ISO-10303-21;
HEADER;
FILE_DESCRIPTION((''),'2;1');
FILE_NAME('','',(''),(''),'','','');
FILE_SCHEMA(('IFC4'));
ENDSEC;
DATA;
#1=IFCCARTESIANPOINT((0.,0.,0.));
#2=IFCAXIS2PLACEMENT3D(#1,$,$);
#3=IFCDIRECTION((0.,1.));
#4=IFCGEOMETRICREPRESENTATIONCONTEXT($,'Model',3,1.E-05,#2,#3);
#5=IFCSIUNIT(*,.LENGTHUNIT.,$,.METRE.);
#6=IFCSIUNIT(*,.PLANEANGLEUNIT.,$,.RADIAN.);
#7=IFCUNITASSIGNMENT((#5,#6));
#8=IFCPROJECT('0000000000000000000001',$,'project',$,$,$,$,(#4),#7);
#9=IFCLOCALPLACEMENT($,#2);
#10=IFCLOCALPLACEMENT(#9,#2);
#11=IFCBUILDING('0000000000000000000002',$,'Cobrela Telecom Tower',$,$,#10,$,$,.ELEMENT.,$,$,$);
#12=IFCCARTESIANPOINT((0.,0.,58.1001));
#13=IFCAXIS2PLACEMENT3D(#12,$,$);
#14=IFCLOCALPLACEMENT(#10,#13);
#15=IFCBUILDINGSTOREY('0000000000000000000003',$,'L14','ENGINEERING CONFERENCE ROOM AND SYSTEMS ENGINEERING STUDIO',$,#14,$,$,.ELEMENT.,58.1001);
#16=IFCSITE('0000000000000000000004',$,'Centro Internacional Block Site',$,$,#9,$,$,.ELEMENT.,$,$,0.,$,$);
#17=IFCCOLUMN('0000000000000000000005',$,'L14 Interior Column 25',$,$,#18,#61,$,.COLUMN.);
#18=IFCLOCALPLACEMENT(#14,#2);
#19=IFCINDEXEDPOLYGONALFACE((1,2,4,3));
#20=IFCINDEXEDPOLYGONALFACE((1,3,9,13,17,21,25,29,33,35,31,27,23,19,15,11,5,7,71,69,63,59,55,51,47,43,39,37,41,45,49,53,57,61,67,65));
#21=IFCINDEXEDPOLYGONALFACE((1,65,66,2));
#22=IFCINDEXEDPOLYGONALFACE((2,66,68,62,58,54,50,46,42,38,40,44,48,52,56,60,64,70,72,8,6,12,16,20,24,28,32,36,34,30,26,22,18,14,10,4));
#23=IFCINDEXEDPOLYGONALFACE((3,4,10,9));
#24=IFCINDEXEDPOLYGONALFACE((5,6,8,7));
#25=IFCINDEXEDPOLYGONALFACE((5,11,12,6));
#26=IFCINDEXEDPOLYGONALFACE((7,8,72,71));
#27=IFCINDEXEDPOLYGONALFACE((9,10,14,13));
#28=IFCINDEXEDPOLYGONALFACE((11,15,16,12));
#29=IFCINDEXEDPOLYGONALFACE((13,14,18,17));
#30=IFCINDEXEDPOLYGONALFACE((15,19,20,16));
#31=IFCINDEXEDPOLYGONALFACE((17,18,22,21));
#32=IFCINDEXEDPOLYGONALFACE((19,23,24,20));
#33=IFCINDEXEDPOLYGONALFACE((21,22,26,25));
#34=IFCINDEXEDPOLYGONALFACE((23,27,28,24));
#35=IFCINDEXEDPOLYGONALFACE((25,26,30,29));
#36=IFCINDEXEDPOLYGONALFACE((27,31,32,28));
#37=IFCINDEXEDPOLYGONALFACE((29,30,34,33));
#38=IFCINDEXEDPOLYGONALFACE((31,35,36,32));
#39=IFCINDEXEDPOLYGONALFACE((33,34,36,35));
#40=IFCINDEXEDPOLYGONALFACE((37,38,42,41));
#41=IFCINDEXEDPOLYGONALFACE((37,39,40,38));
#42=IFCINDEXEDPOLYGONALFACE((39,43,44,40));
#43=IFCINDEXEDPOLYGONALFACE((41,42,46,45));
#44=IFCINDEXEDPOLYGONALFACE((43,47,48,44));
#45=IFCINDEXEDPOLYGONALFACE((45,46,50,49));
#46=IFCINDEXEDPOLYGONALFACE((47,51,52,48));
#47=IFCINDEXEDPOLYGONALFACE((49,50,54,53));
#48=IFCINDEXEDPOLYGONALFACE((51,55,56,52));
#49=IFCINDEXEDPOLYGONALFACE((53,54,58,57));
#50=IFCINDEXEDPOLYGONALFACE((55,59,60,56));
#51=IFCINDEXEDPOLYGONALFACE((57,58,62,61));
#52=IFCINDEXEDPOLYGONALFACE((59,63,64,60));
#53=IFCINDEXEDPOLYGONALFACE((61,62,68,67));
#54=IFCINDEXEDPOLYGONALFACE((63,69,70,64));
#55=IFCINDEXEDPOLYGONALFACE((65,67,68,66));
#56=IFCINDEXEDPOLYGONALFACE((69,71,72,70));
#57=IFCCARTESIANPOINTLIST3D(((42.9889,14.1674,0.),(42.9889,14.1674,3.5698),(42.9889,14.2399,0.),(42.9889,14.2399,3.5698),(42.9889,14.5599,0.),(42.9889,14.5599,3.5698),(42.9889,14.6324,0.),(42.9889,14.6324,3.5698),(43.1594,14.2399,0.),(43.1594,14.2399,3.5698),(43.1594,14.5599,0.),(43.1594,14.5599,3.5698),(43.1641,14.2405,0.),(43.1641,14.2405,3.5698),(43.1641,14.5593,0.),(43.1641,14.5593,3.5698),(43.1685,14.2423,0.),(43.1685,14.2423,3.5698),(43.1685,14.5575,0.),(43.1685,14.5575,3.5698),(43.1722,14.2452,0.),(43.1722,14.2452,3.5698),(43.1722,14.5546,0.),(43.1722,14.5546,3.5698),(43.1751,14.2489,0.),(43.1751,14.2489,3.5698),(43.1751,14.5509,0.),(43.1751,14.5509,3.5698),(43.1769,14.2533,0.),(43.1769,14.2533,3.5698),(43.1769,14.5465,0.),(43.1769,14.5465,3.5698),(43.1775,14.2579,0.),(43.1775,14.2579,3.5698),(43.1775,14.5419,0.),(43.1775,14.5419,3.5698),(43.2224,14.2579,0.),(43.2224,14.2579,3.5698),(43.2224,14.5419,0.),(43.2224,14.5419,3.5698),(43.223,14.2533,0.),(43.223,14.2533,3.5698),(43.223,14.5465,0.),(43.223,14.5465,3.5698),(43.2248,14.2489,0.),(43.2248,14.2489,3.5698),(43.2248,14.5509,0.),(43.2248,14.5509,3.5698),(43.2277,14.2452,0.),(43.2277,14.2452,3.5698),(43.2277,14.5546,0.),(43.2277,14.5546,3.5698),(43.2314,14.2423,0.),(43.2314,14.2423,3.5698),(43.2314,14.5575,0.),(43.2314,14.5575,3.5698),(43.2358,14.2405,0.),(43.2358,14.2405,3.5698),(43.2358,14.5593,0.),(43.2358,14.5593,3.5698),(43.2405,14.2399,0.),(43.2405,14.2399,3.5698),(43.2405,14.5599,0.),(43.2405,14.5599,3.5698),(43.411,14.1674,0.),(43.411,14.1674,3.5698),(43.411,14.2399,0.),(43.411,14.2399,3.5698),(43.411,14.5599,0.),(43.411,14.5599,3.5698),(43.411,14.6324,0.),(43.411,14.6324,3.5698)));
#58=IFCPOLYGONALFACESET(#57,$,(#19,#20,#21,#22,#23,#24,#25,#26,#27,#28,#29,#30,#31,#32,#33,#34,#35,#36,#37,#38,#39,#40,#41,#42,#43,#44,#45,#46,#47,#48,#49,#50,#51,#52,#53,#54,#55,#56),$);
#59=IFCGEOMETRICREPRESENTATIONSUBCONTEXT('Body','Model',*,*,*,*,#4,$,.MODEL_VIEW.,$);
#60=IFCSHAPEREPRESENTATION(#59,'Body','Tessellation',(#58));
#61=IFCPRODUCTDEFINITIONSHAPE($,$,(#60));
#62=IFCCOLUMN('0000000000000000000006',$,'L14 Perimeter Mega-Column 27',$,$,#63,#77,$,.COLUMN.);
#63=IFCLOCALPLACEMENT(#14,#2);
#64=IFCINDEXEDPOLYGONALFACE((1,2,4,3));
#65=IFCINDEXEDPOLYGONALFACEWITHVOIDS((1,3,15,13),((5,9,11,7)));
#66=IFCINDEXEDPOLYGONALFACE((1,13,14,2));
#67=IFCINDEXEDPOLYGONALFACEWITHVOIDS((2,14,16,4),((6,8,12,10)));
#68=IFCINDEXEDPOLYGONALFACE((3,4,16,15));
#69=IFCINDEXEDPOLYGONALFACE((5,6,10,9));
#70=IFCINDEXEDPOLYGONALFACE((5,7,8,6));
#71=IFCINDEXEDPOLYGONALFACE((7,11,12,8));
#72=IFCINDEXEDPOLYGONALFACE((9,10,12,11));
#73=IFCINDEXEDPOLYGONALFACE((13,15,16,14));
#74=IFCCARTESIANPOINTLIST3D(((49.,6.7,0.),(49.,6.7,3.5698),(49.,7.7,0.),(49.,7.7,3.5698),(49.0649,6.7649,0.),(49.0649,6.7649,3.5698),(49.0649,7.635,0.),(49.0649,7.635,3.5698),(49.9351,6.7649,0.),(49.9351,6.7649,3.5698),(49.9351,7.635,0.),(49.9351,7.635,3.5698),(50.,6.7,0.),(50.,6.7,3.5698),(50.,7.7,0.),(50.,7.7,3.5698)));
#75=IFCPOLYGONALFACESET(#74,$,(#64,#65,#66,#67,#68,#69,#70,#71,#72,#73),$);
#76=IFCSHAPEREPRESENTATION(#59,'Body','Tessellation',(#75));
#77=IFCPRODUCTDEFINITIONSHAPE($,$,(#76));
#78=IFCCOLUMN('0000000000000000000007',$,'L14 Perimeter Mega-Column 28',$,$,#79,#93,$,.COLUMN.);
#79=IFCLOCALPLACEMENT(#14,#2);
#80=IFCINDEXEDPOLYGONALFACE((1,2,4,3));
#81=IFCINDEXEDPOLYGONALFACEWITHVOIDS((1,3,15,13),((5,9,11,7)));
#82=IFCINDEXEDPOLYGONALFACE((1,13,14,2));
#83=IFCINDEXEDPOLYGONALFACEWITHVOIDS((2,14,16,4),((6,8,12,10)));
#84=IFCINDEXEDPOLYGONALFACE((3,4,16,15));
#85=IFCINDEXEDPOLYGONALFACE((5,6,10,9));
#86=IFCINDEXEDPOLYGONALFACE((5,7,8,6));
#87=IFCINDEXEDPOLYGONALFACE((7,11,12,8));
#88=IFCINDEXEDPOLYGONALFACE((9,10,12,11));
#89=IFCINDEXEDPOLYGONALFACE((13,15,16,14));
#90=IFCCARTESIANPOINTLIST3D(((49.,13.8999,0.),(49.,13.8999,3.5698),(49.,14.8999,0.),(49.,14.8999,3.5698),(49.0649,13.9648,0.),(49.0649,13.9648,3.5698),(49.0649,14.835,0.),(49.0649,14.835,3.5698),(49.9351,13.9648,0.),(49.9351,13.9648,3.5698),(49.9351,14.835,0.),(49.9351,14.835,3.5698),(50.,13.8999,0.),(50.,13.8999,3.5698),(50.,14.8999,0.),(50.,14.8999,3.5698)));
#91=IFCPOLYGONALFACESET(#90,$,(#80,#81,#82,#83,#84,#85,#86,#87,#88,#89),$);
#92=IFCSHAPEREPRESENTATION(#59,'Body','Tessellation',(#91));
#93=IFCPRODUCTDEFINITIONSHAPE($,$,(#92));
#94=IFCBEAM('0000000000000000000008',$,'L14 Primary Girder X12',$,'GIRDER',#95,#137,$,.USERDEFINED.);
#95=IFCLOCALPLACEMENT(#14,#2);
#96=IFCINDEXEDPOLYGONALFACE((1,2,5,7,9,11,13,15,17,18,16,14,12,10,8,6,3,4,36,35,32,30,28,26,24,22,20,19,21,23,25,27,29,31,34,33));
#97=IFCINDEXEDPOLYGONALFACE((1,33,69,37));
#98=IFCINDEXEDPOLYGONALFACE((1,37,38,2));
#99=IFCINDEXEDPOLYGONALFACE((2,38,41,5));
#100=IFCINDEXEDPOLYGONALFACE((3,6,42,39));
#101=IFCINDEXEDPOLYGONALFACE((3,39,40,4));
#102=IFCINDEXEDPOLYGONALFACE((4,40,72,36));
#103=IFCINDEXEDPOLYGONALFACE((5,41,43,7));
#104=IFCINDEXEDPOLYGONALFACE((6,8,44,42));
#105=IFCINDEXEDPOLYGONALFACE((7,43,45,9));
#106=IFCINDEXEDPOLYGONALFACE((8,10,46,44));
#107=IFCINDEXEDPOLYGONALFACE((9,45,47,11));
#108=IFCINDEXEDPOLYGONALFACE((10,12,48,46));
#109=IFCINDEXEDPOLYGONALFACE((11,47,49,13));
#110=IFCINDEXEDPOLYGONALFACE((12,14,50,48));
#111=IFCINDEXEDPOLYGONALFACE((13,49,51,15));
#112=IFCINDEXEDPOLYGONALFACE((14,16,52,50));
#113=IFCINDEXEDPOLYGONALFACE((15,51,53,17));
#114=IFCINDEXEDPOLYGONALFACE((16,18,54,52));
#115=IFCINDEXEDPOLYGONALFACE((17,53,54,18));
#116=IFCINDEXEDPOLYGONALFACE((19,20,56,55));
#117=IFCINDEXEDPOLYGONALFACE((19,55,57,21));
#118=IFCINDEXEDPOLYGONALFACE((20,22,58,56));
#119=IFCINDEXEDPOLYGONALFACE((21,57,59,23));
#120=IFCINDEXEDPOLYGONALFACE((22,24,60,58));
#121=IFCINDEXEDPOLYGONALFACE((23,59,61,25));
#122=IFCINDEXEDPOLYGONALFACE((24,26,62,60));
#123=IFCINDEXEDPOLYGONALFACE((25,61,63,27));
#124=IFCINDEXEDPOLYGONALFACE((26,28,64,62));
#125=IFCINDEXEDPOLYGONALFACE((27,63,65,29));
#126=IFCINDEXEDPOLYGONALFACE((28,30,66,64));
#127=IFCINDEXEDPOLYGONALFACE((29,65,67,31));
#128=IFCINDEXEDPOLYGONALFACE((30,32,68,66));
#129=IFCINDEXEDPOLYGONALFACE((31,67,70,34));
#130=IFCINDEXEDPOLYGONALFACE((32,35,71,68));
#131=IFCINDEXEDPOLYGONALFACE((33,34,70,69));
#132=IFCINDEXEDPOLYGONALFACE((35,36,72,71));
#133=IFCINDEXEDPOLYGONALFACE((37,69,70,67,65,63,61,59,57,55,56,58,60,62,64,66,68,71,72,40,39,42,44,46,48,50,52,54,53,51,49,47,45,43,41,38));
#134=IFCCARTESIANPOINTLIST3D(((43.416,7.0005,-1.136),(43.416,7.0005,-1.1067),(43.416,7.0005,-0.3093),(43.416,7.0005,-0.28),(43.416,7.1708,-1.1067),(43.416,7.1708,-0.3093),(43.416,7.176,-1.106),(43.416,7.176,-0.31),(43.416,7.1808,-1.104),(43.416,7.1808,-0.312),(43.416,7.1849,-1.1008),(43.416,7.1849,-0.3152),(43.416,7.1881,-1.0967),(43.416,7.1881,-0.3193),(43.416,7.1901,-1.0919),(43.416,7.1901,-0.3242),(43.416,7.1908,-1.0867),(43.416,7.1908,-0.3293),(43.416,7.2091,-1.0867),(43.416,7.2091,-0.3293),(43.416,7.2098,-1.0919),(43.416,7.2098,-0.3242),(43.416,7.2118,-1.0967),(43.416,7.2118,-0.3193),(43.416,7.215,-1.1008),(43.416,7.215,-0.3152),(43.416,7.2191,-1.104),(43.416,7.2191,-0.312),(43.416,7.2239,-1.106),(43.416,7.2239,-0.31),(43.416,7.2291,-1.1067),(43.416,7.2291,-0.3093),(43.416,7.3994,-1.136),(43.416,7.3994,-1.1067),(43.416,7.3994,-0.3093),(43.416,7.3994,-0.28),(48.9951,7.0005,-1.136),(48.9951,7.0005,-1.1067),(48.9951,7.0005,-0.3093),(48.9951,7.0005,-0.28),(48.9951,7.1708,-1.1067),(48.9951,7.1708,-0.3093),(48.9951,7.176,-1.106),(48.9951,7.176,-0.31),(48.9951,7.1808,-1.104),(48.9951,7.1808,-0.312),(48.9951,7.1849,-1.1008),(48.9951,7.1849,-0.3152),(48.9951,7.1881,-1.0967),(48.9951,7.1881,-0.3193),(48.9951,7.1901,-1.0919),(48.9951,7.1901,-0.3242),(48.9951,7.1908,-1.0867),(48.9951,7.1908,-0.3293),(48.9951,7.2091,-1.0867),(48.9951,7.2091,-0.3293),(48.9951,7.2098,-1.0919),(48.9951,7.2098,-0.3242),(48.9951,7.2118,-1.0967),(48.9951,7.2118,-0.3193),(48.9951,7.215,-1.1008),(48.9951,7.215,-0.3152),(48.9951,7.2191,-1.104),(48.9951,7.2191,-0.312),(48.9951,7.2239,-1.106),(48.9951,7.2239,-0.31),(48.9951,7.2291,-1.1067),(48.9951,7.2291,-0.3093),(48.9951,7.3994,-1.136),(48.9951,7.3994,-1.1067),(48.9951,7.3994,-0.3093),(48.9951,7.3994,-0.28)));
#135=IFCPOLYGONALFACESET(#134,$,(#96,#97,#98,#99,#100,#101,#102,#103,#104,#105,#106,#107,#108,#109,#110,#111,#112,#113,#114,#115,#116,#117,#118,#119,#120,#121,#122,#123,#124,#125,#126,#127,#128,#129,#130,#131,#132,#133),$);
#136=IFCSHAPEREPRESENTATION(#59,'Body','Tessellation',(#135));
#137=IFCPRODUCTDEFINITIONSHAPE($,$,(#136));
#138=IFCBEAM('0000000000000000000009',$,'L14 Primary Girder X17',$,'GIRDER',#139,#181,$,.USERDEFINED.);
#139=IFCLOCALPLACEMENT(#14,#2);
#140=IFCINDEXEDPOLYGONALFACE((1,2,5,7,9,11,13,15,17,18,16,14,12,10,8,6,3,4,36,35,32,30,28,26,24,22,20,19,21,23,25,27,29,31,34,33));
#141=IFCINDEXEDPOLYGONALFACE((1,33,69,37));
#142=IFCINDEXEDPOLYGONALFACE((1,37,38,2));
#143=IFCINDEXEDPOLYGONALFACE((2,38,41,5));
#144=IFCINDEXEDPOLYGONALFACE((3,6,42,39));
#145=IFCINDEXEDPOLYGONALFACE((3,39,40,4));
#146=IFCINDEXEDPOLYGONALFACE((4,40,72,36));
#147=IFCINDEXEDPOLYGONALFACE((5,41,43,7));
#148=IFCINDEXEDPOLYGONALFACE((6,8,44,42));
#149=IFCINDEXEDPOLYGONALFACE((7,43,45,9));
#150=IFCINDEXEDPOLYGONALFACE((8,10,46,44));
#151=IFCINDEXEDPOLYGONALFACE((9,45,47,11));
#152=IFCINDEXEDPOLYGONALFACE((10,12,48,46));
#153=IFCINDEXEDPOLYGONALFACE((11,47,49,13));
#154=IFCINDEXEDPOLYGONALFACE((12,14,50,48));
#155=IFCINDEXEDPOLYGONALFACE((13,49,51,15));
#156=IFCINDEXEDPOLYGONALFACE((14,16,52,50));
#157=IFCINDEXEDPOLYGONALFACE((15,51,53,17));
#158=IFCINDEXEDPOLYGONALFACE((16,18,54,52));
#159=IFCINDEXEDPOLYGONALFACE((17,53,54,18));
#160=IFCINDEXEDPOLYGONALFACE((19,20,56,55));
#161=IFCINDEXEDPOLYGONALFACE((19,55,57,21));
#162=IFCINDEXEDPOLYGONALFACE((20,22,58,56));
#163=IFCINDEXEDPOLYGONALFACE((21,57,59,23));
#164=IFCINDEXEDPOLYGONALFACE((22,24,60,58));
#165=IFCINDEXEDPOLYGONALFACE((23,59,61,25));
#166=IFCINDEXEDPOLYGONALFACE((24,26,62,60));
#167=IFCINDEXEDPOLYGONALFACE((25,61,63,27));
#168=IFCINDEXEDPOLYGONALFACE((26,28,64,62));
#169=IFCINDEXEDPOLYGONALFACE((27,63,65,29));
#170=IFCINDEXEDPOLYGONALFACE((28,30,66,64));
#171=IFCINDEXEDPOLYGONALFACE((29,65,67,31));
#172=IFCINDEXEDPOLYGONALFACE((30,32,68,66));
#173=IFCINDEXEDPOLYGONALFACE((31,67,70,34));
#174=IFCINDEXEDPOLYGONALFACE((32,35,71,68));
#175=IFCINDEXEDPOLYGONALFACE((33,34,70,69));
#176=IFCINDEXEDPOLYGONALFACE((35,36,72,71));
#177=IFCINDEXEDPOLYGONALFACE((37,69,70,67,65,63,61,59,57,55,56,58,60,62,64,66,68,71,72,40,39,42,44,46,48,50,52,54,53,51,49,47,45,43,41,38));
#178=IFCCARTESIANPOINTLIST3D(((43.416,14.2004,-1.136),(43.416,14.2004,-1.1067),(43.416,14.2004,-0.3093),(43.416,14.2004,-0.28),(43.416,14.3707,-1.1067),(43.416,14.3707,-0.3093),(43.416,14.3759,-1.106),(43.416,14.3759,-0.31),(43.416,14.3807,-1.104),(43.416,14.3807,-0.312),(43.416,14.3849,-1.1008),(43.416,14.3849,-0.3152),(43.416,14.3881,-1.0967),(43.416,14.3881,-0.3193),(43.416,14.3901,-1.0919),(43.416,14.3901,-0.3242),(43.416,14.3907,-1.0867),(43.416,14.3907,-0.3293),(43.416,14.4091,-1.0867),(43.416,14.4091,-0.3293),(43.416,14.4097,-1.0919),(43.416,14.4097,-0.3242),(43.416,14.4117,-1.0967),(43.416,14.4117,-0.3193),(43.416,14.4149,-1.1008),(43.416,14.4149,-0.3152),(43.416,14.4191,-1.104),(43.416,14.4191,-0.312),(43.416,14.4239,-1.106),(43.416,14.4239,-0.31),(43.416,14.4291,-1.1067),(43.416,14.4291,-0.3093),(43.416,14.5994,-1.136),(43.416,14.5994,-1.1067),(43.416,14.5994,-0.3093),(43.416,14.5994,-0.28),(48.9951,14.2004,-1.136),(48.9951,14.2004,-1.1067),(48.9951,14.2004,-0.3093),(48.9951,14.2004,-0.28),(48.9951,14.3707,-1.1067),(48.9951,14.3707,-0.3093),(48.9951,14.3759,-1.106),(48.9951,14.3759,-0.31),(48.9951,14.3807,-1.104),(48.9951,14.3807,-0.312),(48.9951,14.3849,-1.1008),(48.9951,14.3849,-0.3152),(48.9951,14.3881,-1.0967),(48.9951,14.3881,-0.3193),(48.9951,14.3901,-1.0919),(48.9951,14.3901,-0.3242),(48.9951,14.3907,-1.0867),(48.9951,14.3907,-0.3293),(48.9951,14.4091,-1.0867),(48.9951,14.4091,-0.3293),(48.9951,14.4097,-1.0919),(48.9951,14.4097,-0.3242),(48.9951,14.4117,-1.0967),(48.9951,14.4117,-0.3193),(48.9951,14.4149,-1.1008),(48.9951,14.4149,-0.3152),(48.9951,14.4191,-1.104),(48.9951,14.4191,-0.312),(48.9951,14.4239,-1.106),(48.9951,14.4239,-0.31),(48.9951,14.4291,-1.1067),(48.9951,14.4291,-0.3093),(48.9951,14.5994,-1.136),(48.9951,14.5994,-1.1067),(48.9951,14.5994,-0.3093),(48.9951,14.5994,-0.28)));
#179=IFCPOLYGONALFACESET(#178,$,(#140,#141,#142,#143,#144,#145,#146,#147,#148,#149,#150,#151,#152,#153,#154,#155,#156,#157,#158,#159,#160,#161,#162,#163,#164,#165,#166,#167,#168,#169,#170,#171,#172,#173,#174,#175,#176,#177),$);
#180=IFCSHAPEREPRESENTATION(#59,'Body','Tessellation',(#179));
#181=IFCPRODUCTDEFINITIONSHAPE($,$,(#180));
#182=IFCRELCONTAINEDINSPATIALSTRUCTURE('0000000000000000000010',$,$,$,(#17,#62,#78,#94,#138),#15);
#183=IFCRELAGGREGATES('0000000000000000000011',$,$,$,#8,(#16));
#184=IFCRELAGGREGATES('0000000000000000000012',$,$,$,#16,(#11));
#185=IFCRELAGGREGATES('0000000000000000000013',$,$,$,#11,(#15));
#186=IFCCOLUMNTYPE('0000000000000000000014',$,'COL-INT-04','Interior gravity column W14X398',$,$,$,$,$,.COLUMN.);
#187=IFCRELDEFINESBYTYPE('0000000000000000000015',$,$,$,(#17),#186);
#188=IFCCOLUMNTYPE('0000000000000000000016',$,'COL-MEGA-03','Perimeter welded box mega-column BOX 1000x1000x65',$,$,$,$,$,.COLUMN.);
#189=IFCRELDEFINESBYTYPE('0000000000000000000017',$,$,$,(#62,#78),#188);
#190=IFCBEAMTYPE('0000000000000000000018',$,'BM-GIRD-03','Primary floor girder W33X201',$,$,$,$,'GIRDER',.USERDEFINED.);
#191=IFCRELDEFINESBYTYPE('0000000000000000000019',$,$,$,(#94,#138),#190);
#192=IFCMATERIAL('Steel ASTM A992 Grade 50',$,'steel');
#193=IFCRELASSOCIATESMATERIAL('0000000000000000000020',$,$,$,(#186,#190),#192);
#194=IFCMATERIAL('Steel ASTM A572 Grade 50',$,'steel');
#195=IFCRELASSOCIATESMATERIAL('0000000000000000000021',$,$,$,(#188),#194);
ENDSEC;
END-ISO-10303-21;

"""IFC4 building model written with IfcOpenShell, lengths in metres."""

from ifc_helpers import new_model, si_unit, direction, frame, origin, origin_2d, place, context, subcontext, project, spatial, hollow_rectangle, i_section, extrude, material, material_profile, profile_set, type_object, element, save


model = new_model("IFC4")

# Units and contexts
model_context = context("Model", 3, precision=1e-05, world=origin(), true_north=direction((0.0, 1.0)))
body_context = subcontext(model_context, "Body", "Model", "MODEL_VIEW")
ifc_project = project(units=[si_unit("LENGTHUNIT", "METRE"), si_unit("PLANEANGLEUNIT", "RADIAN")], contexts=[model_context])

# Site, building, storey
site_placement = place(None, origin())
site = spatial("IfcSite", under=ifc_project, at=site_placement, Name="Centro Internacional Block Site", CompositionType="ELEMENT", RefElevation=0.0)
building_placement = place(site_placement, origin())
building = spatial("IfcBuilding", under=site, at=building_placement, Name="Cobrela Telecom Tower", CompositionType="ELEMENT")
storey_placement = place(building_placement, frame((0.0, 0.0, 58.1001)))
storey = spatial("IfcBuildingStorey", under=building, at=storey_placement, Name="L14", Description="ENGINEERING CONFERENCE ROOM AND SYSTEMS ENGINEERING STUDIO", CompositionType="ELEMENT", Elevation=58.1001)

# Columns
ifc_material_1 = material(Name="Steel ASTM A992 Grade 50", Category="steel")
ifc_material_profile_1 = material_profile(ifc_material_1, i_section(OverallWidth=0.4221, OverallDepth=0.4651, WebThickness=0.0449, FlangeThickness=0.0725, FilletRadius=0.0181, at=origin_2d()), Name="W14X398")
ifc_profile_set_1 = profile_set([ifc_material_profile_1], Name="Steel ASTM A992 Grade 50")
column_type_1 = type_object("IfcColumnType", Name="COL-INT-04", Description="Interior gravity column W14X398", PredefinedType="COLUMN", material=ifc_profile_set_1)
column_placement = place(storey_placement, frame((43.2, 14.3999, 0.0), z_axis=(0.0, 0.0, 1.0), x_axis=(1.0, 0.0, 0.0)))
element("IfcColumn", 1, at=column_placement, inside=storey, type_object=column_type_1, Name="L14 Interior Column 25", PredefinedType="COLUMN", context=body_context, shape_type="SweptSolid", body=[
    extrude(i_section(OverallWidth=0.4221, OverallDepth=0.4651, WebThickness=0.0449, FlangeThickness=0.0725, FilletRadius=0.0181, at=origin_2d()), origin(), (0.0, 0.0, 1.0), 3.5698),
])
ifc_material_2 = material(Name="Steel ASTM A572 Grade 50", Category="steel")
ifc_material_profile_2 = material_profile(ifc_material_2, hollow_rectangle(XDim=1.0, YDim=1.0, WallThickness=0.0649, at=origin_2d()), Name="BOX 1000x1000x65")
ifc_profile_set_2 = profile_set([ifc_material_profile_2], Name="Steel ASTM A572 Grade 50")
column_type_2 = type_object("IfcColumnType", Name="COL-MEGA-03", Description="Perimeter welded box mega-column BOX 1000x1000x65", PredefinedType="COLUMN", material=ifc_profile_set_2)
for number, where, z_axis, x_axis, name in (
    (2, (49.5, 7.2, 0.0), (0.0, 0.0, 1.0), (1.0, 0.0, 0.0), "L14 Perimeter Mega-Column 27"),
    (3, (49.5, 14.3999, 0.0), (0.0, 0.0, 1.0), (1.0, 0.0, 0.0), "L14 Perimeter Mega-Column 28"),
):
    element("IfcColumn", number, at=place(storey_placement, frame(where, z_axis=z_axis, x_axis=x_axis)), inside=storey, type_object=column_type_2, Name=name, PredefinedType="COLUMN", context=body_context, shape_type="SweptSolid", body=[
        extrude(hollow_rectangle(XDim=1.0, YDim=1.0, WallThickness=0.0649, at=origin_2d()), origin(), (0.0, 0.0, 1.0), 3.5698),
    ])

# Beams
ifc_material_profile_3 = material_profile(ifc_material_1, i_section(OverallWidth=0.3989, OverallDepth=0.856, WebThickness=0.0183, FlangeThickness=0.0293, FilletRadius=0.02, at=origin_2d()), Name="W33X201")
ifc_profile_set_3 = profile_set([ifc_material_profile_3], Name="Steel ASTM A992 Grade 50")
beam_type_1 = type_object("IfcBeamType", Name="BM-GIRD-03", Description="Primary floor girder W33X201", ElementType="GIRDER", PredefinedType="USERDEFINED", material=ifc_profile_set_3)
for number, where, z_axis, x_axis, name in (
    (4, (43.416, 7.2, -0.708), (1.0, 0.0, 0.0), (0.0, 1.0, 0.0), "L14 Primary Girder X12"),
    (5, (43.416, 14.3999, -0.708), (1.0, 0.0, 0.0), (0.0, 1.0, 0.0), "L14 Primary Girder X17"),
):
    element("IfcBeam", number, at=place(storey_placement, frame(where, z_axis=z_axis, x_axis=x_axis)), inside=storey, type_object=beam_type_1, Name=name, ObjectType="GIRDER", PredefinedType="USERDEFINED", context=body_context, shape_type="SweptSolid", body=[
        extrude(i_section(OverallWidth=0.3989, OverallDepth=0.856, WebThickness=0.0183, FlangeThickness=0.0293, FilletRadius=0.02, at=origin_2d()), origin(), (0.0, 0.0, 1.0), 5.5791),
    ])

save(model, "model.ifc")
